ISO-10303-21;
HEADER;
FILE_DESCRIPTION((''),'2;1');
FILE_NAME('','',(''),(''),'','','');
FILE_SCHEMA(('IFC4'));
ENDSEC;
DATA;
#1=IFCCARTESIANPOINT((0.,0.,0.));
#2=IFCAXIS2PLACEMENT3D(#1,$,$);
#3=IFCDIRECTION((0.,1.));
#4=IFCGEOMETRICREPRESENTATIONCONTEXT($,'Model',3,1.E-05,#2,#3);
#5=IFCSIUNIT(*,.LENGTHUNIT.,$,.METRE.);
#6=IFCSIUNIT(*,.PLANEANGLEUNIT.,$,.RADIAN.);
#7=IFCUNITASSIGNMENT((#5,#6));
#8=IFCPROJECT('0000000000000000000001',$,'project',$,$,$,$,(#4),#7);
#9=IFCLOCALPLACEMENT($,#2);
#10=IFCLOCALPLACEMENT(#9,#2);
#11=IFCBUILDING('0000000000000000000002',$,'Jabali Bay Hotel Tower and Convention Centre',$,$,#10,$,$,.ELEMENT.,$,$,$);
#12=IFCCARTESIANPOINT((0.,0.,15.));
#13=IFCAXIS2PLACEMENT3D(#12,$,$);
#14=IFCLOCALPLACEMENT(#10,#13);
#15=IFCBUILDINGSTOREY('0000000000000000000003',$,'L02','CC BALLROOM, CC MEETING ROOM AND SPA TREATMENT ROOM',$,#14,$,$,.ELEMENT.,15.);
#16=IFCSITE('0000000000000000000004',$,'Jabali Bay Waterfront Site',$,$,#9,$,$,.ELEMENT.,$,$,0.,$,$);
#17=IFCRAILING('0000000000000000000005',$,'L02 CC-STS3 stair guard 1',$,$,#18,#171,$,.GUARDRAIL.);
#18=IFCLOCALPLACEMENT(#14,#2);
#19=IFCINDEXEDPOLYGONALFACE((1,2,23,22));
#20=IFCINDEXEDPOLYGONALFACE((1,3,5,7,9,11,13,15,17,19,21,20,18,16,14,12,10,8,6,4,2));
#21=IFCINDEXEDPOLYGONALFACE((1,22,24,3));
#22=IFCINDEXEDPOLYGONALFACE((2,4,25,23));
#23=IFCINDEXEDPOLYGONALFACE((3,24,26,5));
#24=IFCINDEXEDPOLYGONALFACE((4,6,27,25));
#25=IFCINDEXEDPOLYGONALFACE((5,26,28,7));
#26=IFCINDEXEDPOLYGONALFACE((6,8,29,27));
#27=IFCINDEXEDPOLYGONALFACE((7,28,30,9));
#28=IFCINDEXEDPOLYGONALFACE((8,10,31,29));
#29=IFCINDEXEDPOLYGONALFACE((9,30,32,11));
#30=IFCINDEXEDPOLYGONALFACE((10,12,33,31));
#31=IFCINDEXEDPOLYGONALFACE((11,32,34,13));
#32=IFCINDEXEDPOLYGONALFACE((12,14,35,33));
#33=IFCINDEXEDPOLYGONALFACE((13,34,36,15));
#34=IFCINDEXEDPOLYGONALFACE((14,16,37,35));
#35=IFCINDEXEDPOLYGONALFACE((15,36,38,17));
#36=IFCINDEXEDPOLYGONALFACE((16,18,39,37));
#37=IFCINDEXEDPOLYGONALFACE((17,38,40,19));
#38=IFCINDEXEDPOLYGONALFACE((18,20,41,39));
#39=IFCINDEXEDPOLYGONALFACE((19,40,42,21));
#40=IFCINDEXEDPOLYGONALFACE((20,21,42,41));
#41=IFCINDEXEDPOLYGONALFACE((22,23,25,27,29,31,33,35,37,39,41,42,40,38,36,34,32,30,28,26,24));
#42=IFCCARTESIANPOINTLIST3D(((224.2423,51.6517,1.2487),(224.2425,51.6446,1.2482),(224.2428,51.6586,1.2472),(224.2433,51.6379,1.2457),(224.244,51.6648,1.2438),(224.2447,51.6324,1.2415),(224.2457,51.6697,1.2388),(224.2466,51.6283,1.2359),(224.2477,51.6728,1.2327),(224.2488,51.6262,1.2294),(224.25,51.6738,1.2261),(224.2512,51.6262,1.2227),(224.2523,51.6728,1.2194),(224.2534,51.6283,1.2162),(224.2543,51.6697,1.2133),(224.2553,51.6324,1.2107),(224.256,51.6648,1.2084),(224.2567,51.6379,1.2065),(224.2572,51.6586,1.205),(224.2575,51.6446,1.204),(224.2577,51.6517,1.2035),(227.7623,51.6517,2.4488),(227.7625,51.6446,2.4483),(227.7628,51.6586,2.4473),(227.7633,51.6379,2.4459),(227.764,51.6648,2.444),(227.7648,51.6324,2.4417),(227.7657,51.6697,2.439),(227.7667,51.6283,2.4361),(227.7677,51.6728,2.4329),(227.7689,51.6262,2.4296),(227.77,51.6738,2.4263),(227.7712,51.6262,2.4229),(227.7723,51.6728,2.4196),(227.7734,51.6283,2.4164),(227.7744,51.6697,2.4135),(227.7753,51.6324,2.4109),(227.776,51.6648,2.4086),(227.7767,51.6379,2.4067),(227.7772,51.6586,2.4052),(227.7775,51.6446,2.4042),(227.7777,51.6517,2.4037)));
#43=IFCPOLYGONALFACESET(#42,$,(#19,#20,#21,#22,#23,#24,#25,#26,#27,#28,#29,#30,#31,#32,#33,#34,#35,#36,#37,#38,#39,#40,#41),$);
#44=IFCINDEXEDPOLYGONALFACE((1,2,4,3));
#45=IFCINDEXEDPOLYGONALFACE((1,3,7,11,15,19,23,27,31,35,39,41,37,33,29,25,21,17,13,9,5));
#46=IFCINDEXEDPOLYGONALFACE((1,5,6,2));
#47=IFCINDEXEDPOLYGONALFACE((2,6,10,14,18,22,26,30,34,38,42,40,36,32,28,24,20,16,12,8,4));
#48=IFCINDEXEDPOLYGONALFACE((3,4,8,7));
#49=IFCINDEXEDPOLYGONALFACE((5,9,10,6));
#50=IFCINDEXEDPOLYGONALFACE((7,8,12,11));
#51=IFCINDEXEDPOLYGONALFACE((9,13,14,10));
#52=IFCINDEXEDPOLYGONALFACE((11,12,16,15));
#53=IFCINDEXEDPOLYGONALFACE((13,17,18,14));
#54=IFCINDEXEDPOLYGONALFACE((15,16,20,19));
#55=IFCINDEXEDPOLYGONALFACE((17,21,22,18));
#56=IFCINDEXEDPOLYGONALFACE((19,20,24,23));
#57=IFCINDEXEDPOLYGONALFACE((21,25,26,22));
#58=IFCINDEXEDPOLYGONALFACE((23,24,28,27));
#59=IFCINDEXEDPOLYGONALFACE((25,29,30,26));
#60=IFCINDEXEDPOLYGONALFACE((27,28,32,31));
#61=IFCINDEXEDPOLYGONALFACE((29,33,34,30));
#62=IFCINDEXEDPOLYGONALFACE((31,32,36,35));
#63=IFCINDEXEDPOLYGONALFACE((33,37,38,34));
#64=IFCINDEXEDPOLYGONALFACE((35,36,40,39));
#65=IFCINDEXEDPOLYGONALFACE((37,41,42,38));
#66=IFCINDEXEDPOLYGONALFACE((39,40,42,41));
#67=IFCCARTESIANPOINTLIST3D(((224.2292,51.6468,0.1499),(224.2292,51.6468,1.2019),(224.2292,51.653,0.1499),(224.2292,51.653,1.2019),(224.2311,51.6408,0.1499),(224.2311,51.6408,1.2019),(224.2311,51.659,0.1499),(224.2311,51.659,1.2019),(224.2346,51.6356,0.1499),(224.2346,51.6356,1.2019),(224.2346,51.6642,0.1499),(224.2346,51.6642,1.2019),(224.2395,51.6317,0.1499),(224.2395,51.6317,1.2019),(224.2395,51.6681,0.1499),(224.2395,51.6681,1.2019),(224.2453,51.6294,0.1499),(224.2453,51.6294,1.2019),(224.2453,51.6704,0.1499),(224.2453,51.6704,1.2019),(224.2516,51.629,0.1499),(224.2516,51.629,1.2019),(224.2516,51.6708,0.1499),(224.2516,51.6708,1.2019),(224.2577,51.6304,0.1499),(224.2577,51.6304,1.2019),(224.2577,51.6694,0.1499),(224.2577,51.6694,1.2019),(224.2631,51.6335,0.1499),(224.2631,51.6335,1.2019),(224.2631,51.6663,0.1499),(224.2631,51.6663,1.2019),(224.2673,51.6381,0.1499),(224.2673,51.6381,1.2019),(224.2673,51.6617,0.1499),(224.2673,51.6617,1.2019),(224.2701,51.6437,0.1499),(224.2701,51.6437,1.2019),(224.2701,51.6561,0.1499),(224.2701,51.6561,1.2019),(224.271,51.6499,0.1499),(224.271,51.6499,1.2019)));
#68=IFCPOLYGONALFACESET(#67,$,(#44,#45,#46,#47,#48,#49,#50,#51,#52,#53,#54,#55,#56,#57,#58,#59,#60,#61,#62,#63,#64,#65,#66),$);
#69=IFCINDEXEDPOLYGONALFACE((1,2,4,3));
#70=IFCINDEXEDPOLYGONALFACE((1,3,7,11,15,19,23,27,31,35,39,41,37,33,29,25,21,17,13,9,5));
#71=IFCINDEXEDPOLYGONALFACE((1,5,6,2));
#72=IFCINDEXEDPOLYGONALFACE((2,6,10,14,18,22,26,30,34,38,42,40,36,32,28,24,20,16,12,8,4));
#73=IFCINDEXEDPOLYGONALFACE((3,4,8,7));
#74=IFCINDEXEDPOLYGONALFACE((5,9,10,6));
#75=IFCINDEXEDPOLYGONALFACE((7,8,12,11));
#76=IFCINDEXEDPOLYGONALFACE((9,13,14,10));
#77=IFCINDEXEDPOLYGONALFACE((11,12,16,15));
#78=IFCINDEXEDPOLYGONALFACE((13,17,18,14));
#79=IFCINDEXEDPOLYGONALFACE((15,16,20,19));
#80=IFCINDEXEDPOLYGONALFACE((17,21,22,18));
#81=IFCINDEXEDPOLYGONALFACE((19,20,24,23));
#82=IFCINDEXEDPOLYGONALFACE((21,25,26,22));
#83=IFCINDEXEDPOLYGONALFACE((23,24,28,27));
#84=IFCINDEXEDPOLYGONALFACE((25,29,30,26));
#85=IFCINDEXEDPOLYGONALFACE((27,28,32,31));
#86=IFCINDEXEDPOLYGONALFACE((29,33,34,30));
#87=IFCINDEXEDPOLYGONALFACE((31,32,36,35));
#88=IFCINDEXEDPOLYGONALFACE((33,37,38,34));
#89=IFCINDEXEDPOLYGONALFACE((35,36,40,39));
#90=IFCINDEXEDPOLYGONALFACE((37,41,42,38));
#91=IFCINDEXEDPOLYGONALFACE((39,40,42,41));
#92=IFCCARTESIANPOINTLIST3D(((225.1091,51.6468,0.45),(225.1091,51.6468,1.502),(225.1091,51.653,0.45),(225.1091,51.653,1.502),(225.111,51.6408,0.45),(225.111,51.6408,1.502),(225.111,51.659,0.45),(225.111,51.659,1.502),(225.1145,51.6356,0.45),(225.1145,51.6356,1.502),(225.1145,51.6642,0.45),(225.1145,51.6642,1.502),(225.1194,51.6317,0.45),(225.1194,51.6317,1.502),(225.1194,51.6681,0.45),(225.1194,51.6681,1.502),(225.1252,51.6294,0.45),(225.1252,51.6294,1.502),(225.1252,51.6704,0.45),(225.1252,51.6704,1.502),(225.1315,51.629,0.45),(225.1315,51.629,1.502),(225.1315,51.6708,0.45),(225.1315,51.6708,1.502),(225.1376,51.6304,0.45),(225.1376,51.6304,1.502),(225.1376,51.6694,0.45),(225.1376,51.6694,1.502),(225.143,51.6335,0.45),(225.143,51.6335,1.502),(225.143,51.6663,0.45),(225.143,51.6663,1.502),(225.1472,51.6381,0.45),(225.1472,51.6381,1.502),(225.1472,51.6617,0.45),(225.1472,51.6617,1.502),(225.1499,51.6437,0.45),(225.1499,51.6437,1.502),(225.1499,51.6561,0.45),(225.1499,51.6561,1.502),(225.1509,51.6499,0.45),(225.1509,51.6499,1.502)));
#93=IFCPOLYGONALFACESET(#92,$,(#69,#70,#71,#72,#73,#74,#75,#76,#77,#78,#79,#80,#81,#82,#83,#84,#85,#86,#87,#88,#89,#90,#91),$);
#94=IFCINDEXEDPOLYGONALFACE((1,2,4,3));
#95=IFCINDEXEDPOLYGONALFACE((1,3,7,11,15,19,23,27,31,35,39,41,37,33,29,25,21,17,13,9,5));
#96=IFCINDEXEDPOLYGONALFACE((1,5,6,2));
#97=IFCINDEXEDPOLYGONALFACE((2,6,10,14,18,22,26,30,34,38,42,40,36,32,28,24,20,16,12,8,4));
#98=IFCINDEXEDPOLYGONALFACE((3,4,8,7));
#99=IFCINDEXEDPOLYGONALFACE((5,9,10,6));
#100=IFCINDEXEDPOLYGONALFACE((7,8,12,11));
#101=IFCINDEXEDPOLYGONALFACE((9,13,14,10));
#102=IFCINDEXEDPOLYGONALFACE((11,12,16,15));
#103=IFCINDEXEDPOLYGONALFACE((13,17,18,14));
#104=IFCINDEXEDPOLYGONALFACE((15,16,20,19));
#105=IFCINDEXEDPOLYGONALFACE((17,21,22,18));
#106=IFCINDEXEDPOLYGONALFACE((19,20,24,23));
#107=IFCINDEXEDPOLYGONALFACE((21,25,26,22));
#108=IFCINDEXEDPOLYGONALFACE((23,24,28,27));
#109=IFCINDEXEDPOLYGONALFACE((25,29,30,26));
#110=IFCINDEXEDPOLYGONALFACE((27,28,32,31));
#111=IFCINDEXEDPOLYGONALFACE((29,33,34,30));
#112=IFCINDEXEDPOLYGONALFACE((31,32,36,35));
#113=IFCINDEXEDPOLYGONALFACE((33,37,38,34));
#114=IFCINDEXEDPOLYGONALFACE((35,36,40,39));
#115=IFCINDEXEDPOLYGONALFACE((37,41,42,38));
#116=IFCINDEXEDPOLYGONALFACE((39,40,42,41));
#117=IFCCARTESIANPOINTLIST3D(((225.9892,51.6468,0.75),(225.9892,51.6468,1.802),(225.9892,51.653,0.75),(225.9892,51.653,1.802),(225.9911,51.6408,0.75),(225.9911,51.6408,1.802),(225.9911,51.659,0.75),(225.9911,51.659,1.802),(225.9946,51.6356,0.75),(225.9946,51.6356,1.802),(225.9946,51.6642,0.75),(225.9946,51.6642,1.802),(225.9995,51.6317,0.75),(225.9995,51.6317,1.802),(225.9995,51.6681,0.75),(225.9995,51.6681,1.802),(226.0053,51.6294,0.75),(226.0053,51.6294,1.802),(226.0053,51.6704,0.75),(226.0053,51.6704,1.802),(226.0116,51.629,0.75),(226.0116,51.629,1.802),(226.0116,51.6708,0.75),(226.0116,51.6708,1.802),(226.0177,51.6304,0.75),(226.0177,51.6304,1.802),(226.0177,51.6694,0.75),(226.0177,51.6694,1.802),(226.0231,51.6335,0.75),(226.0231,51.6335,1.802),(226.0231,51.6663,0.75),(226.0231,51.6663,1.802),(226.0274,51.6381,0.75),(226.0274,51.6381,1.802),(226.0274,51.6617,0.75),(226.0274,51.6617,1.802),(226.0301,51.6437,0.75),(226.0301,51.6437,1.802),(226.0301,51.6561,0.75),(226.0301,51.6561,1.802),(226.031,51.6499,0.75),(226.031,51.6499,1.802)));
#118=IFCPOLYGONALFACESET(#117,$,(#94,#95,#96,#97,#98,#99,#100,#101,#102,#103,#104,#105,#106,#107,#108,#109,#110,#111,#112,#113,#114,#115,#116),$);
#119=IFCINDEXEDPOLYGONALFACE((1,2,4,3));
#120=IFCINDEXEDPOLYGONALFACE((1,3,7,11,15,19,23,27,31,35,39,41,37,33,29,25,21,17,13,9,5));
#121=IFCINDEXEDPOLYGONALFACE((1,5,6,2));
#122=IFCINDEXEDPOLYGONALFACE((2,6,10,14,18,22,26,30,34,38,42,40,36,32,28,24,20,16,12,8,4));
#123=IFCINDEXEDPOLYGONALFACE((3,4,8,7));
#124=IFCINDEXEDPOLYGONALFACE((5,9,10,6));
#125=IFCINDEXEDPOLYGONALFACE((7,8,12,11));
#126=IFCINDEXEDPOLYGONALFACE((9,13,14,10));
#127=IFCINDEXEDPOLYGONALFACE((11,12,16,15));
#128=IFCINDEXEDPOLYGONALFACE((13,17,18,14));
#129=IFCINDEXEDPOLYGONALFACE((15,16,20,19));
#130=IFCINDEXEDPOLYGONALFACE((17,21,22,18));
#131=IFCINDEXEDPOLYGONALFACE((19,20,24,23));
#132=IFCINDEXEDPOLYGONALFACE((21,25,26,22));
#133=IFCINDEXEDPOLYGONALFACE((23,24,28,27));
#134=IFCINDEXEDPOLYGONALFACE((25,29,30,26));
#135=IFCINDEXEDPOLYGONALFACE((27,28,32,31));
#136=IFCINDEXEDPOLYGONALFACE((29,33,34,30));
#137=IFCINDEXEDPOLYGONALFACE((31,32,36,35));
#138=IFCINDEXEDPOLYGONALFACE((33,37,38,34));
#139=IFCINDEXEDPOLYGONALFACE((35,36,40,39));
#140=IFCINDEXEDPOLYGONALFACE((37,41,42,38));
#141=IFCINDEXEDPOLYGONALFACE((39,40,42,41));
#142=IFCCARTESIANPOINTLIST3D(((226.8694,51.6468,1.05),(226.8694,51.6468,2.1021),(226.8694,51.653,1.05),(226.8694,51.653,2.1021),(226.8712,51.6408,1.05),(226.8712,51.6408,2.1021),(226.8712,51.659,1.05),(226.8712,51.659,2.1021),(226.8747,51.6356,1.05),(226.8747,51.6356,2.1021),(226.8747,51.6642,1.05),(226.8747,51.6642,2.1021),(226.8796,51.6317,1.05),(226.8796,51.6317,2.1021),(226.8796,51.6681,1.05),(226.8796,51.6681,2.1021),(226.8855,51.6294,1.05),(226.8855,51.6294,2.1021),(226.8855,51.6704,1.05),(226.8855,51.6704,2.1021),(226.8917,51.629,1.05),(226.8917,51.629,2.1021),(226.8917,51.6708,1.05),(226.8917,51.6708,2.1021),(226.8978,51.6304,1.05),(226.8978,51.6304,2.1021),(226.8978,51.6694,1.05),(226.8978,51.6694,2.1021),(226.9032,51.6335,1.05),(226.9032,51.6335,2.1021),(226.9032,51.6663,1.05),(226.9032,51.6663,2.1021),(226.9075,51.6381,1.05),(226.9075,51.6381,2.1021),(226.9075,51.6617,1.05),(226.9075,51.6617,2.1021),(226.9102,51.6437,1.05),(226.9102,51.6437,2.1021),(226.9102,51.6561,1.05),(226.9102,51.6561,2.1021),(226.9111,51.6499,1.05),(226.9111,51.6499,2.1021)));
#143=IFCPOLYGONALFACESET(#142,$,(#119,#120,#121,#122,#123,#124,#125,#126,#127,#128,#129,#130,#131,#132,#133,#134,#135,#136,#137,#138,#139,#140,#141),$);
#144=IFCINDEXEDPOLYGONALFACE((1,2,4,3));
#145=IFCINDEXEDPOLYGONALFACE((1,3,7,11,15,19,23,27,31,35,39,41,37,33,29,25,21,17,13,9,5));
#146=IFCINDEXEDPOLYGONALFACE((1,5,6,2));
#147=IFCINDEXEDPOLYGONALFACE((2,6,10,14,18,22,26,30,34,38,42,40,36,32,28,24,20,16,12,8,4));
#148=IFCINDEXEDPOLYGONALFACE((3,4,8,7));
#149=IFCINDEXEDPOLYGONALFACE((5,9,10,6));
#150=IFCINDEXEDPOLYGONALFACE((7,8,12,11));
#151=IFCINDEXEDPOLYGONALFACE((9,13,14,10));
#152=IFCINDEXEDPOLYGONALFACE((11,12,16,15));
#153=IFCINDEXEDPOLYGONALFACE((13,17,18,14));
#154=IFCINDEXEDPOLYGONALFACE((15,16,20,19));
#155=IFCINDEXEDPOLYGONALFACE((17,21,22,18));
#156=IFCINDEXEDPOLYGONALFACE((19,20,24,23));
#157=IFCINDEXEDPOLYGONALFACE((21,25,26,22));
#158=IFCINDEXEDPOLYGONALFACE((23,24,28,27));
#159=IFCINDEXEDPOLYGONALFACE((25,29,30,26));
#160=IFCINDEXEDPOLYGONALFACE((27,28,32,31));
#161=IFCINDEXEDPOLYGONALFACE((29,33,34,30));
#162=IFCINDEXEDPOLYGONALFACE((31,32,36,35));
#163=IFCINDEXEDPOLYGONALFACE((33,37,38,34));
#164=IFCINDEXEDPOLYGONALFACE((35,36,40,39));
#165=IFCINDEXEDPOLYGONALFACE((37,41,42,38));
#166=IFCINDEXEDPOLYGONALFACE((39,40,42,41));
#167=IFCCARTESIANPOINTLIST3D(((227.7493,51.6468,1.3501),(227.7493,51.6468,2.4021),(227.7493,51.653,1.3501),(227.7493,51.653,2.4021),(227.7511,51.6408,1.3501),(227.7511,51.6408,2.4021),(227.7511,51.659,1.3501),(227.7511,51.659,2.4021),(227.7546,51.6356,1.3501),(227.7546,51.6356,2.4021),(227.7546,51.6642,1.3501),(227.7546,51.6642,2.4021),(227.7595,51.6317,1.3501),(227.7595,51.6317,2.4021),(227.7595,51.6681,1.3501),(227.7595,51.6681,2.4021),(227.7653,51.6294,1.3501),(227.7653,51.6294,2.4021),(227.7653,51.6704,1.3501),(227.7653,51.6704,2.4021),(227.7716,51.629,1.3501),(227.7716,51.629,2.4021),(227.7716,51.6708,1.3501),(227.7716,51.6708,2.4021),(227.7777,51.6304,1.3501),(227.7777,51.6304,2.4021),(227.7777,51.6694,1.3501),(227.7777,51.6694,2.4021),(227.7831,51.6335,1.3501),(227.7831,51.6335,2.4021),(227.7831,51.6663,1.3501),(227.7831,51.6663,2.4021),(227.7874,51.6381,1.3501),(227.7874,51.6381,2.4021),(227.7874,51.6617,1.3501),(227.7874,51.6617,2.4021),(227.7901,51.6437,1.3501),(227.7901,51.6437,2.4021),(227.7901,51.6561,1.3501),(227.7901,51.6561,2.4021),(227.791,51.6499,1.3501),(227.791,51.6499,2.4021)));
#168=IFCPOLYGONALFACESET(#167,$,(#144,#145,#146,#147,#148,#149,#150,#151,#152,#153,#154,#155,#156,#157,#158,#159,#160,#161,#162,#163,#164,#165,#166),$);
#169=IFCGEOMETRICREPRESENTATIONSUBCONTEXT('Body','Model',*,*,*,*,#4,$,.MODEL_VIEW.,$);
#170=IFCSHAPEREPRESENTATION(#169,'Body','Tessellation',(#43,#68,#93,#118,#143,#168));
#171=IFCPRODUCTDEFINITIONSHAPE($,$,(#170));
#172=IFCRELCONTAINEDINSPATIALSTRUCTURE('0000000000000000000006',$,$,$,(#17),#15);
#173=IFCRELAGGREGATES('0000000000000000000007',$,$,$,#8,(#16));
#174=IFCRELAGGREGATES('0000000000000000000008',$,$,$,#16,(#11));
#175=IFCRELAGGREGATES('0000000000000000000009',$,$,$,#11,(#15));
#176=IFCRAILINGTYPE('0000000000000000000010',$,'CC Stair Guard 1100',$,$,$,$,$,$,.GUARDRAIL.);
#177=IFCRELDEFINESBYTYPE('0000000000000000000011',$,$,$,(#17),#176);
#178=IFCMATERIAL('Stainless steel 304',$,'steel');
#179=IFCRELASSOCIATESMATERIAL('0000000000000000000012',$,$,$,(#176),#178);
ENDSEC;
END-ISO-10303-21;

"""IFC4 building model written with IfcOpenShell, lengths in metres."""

from ifc_helpers import new_model, si_unit, direction, frame, origin, origin_2d, place, context, subcontext, project, spatial, circle, extrude, material, type_object, element, save


model = new_model("IFC4")

# Units and contexts
model_context = context("Model", 3, precision=1e-05, world=origin(), true_north=direction((0.0, 1.0)))
body_context = subcontext(model_context, "Body", "Model", "MODEL_VIEW")
ifc_project = project(units=[si_unit("LENGTHUNIT", "METRE"), si_unit("PLANEANGLEUNIT", "RADIAN")], contexts=[model_context])

# Site, building, storey
site_placement = place(None, origin())
site = spatial("IfcSite", under=ifc_project, at=site_placement, Name="Jabali Bay Waterfront Site", CompositionType="ELEMENT", RefElevation=0.0)
building_placement = place(site_placement, origin())
building = spatial("IfcBuilding", under=site, at=building_placement, Name="Jabali Bay Hotel Tower and Convention Centre", CompositionType="ELEMENT")
storey_placement = place(building_placement, frame((0.0, 0.0, 15.0)))
storey = spatial("IfcBuildingStorey", under=building, at=storey_placement, Name="L02", Description="CC BALLROOM, CC MEETING ROOM AND SPA TREATMENT ROOM", CompositionType="ELEMENT", Elevation=15.0)

# Railing
ifc_material_1 = material(Name="Stainless steel 304", Category="steel")
railing_type_1 = type_object("IfcRailingType", Name="CC Stair Guard 1100", PredefinedType="GUARDRAIL", material=ifc_material_1)
railing_1_placement = place(storey_placement, frame((224.25, 51.6499, 0.1499)))
element("IfcRailing", 1, at=railing_1_placement, inside=storey, type_object=railing_type_1, Name="L02 CC-STS3 stair guard 1", PredefinedType="GUARDRAIL", context=body_context, shape_type="SweptSolid", body=[
    extrude(circle(Radius=0.0239, at=origin_2d()), frame((0.0, 0.0, 1.0762), z_axis=(0.946495, 0.0, 0.322719), x_axis=(0.0, 1.0, 0.0)), (0.0, 0.0, 1.0), 3.719),
    extrude(circle(Radius=0.021, at=origin_2d()), origin(), (0.0, 0.0, 1.0), 1.052),
    extrude(circle(Radius=0.021, at=origin_2d()), frame((0.8799, 0.0, 0.3)), (0.0, 0.0, 1.0), 1.052),
    extrude(circle(Radius=0.021, at=origin_2d()), frame((1.76, 0.0, 0.6001)), (0.0, 0.0, 1.0), 1.052),
    extrude(circle(Radius=0.021, at=origin_2d()), frame((2.6401, 0.0, 0.9001)), (0.0, 0.0, 1.0), 1.052),
    extrude(circle(Radius=0.021, at=origin_2d()), frame((3.52, 0.0, 1.2002)), (0.0, 0.0, 1.0), 1.052),
])

save(model, "model.ifc")
